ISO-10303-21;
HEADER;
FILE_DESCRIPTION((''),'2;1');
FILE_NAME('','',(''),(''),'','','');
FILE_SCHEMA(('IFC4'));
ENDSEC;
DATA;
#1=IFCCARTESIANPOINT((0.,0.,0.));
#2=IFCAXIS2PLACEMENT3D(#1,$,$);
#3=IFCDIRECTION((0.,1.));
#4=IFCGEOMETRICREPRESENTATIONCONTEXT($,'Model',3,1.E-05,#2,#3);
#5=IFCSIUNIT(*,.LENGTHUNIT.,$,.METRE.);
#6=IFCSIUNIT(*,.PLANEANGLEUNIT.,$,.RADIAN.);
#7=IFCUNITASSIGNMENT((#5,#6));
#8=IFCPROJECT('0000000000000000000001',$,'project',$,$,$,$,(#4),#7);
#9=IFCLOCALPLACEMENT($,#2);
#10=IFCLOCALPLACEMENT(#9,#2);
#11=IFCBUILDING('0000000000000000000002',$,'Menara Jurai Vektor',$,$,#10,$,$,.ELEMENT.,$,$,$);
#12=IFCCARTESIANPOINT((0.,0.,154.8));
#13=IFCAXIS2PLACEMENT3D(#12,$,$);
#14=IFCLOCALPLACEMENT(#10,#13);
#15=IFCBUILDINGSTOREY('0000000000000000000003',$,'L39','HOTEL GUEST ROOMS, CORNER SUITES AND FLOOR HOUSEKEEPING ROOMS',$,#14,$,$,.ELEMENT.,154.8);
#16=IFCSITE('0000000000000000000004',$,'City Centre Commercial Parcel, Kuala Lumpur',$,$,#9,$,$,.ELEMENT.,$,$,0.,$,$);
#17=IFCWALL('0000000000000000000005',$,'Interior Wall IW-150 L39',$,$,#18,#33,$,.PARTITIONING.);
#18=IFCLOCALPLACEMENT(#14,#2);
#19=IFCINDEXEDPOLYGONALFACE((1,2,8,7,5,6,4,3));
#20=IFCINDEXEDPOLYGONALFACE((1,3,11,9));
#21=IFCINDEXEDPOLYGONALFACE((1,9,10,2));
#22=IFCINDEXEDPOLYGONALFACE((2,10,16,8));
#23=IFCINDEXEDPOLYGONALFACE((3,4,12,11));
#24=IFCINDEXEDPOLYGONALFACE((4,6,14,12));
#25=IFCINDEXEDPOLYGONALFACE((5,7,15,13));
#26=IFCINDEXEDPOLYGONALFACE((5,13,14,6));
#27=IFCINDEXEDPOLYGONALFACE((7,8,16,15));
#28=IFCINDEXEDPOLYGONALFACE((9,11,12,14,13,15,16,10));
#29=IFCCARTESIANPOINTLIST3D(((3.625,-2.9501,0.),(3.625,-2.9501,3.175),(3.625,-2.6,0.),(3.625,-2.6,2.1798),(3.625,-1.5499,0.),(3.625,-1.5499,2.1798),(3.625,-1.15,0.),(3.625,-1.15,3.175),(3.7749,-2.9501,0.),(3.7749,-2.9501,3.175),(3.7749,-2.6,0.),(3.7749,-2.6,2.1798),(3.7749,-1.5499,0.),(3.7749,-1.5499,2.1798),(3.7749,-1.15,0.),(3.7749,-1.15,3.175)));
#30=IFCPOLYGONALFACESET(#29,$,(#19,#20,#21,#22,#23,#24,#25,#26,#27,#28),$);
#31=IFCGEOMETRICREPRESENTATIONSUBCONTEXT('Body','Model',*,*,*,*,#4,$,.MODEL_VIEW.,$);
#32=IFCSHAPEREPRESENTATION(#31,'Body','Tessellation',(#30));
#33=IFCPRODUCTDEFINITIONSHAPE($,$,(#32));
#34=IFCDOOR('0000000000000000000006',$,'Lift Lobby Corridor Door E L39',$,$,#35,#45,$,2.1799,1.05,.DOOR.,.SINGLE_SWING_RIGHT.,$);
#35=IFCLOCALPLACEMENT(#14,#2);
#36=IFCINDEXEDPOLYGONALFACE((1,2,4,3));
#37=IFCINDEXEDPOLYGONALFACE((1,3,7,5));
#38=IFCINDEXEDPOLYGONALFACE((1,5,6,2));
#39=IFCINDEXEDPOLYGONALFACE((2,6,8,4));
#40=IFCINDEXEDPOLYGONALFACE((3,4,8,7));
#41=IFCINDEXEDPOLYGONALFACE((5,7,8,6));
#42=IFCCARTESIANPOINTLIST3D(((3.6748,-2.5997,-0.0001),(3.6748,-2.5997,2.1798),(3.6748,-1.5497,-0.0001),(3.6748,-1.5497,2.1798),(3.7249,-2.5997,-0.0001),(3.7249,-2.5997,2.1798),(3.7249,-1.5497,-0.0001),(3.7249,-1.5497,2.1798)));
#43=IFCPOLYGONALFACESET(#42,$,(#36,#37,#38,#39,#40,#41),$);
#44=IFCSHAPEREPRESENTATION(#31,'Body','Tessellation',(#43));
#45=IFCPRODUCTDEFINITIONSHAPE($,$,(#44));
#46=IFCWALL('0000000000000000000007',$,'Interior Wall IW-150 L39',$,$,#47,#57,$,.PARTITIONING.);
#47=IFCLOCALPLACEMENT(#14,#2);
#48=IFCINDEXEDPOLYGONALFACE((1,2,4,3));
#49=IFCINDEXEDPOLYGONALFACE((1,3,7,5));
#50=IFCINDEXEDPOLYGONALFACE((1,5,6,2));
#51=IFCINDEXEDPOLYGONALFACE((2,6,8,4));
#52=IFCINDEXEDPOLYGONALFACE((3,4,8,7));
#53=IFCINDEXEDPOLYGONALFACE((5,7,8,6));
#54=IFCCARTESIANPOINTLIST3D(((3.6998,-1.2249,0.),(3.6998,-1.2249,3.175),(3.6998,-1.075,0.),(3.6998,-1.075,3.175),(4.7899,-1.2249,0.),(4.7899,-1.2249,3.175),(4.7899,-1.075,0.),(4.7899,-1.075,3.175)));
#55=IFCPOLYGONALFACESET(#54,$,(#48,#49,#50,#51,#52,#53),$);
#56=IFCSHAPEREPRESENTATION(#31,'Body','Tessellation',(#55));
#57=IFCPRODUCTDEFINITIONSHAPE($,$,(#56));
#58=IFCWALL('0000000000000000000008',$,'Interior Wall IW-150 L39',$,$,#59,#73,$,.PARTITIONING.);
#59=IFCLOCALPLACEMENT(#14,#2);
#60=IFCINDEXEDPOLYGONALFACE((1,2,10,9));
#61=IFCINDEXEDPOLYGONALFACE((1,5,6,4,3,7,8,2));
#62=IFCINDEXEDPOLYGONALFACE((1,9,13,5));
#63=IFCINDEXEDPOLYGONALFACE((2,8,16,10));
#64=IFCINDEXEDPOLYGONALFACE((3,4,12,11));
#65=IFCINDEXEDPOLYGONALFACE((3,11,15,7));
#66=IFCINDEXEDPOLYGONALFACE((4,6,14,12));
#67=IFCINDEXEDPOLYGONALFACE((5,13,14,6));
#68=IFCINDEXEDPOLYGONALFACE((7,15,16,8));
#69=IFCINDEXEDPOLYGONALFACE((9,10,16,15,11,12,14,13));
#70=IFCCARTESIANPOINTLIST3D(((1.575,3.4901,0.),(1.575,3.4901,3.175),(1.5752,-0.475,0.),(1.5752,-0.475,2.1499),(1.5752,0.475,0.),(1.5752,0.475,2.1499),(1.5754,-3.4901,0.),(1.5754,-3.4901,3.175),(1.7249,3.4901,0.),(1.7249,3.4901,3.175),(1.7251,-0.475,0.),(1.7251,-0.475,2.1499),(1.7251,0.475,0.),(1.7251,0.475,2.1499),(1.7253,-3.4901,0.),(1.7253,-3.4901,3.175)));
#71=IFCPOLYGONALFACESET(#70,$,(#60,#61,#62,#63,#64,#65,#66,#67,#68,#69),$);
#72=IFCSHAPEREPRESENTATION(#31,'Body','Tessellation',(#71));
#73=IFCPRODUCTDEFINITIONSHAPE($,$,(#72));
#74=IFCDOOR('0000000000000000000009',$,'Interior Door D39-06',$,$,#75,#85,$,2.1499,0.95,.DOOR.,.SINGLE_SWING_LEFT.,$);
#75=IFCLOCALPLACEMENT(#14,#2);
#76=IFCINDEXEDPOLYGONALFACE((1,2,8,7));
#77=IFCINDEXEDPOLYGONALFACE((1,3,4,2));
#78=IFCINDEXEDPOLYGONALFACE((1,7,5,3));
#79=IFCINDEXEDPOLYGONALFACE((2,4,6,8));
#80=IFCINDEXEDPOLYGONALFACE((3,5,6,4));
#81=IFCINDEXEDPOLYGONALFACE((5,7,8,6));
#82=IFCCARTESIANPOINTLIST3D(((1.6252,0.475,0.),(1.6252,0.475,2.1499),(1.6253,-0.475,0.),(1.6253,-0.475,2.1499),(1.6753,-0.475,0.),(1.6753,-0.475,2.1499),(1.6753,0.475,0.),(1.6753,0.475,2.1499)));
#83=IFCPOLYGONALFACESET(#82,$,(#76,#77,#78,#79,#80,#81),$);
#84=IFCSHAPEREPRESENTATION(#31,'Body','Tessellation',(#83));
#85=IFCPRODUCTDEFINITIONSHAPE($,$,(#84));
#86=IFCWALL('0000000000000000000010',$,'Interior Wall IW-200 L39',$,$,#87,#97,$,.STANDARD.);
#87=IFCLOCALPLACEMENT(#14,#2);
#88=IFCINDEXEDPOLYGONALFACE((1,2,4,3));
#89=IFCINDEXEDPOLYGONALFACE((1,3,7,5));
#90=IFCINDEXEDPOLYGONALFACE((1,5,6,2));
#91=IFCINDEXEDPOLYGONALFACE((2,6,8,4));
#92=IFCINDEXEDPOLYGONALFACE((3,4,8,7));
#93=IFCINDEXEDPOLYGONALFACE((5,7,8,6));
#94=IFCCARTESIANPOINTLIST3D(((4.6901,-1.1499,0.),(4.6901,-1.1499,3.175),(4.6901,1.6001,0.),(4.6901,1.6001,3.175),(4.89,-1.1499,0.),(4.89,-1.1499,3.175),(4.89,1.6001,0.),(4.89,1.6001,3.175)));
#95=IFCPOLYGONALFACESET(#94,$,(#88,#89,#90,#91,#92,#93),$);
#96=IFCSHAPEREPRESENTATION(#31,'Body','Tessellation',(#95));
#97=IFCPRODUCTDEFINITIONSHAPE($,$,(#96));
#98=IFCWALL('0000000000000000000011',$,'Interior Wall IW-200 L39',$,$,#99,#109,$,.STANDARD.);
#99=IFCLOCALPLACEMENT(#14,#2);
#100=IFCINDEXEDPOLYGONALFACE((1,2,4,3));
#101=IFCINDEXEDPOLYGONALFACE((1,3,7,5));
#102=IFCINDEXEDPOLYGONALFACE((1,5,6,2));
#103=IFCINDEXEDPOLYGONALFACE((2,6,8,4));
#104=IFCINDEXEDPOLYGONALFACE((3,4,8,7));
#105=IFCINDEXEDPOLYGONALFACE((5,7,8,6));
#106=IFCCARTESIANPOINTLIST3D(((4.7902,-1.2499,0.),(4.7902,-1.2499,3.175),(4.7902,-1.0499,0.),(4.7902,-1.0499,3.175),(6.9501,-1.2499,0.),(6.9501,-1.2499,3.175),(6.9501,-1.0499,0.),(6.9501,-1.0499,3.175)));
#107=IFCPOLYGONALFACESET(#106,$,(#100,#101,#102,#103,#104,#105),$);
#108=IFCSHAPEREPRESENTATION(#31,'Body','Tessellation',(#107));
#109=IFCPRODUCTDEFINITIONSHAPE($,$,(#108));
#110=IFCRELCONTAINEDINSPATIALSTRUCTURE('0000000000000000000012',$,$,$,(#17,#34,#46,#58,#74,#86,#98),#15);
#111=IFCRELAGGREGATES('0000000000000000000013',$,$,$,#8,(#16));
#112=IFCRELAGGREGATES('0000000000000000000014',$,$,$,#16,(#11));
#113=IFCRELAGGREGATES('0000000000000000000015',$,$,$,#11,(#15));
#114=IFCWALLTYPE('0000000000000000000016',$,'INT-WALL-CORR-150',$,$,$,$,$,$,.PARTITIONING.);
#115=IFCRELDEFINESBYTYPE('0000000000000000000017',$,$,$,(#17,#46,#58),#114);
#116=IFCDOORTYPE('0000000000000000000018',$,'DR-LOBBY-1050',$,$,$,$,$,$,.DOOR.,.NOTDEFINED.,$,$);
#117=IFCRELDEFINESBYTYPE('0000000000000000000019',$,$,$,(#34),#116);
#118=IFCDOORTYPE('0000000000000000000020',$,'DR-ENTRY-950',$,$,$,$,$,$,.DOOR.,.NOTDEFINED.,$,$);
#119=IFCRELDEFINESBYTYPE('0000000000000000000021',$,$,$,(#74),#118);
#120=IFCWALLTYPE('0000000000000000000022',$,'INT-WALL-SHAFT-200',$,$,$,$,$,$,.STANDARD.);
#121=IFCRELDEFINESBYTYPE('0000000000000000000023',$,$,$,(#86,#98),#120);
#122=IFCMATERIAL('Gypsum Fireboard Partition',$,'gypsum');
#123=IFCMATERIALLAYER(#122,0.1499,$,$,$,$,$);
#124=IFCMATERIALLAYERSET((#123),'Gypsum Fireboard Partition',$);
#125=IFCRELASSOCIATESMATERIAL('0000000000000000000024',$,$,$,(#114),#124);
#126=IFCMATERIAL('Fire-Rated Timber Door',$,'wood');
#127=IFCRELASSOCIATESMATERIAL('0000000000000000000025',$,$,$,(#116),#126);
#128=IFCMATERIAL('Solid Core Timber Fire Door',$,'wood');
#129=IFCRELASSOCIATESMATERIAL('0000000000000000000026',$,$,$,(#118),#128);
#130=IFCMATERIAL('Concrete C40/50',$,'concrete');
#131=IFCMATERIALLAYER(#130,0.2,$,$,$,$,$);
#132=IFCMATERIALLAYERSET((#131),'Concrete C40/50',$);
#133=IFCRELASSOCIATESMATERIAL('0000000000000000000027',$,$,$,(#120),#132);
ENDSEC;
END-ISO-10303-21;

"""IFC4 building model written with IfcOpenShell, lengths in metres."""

from ifc_helpers import new_model, si_unit, direction, frame, frame_2d, origin, place, context, subcontext, project, spatial, rectangle, extrude, material, layer, layer_set, type_object, element, fill, save


model = new_model("IFC4")

# Units and contexts
model_context = context("Model", 3, precision=1e-05, world=origin(), true_north=direction((0.0, 1.0)))
body_context = subcontext(model_context, "Body", "Model", "MODEL_VIEW")
ifc_project = project(units=[si_unit("LENGTHUNIT", "METRE"), si_unit("PLANEANGLEUNIT", "RADIAN")], contexts=[model_context])

# Site, building, storey
site_placement = place(None, origin())
site = spatial("IfcSite", under=ifc_project, at=site_placement, Name="City Centre Commercial Parcel, Kuala Lumpur", CompositionType="ELEMENT", RefElevation=0.0)
building_placement = place(site_placement, origin())
building = spatial("IfcBuilding", under=site, at=building_placement, Name="Menara Jurai Vektor", CompositionType="ELEMENT")
storey_placement = place(building_placement, frame((0.0, 0.0, 154.8)))
storey = spatial("IfcBuildingStorey", under=building, at=storey_placement, Name="L39", Description="HOTEL GUEST ROOMS, CORNER SUITES AND FLOOR HOUSEKEEPING ROOMS", CompositionType="ELEMENT", Elevation=154.8)

# Shared definitions
ifc_material_1 = material(Name="Concrete C40/50", Category="concrete")

# Wall, opening, door
ifc_material_2 = material(Name="Gypsum Fireboard Partition", Category="gypsum")
ifc_layer_1 = layer(ifc_material_2, 0.1499)
ifc_layer_set_1 = layer_set([ifc_layer_1], Name="Gypsum Fireboard Partition")
wall_type_1 = type_object("IfcWallType", Name="INT-WALL-CORR-150", PredefinedType="PARTITIONING", material=ifc_layer_set_1)
wall_1_placement = place(storey_placement, frame((3.7, -2.95, 0.0), z_axis=(0.0, 0.0, 1.0), x_axis=(0.0, 1.0, 0.0)))
wall_1 = element("IfcWall", 1, at=wall_1_placement, inside=storey, type_object=wall_type_1, Name="Interior Wall IW-150 L39", PredefinedType="PARTITIONING", context=body_context, shape_type="SweptSolid", body=[
    extrude(rectangle(XDim=1.8, YDim=0.1499, at=frame_2d((0.8999, 0.0))), origin(), (0.0, 0.0, 1.0), 3.175),
])
opening_1_placement = place(wall_1_placement, frame((0.3501, 0.0, 0.0)))
opening_1 = element("IfcOpeningElement", 2, at=opening_1_placement, cuts=wall_1, PredefinedType="OPENING", context=body_context, shape_type="SweptSolid", body=[
    extrude(rectangle(XDim=1.05, YDim=2.1799, at=frame_2d((0.5249, 1.0898))), frame((0.0, 0.085, 0.0), z_axis=(0.0, -1.0, 0.0), x_axis=(1.0, 0.0, 0.0)), (0.0, 0.0, 1.0), 0.1699),
])
ifc_material_3 = material(Name="Fire-Rated Timber Door", Category="wood")
door_type_1 = type_object("IfcDoorType", Name="DR-LOBBY-1050", OperationType="NOTDEFINED", PredefinedType="DOOR", material=ifc_material_3)
door_1_placement = place(opening_1_placement, frame((1.05, 0.0, 0.0), z_axis=(0.0, 0.0, 1.0), x_axis=(-1.0, 0.0, 0.0)))
door_1 = element("IfcDoor", 3, at=door_1_placement, inside=storey, type_object=door_type_1, Name="Lift Lobby Corridor Door E L39", OperationType="SINGLE_SWING_RIGHT", OverallHeight=2.1799, OverallWidth=1.05, PredefinedType="DOOR", context=body_context, shape_type="SweptSolid", body=[
    extrude(rectangle(XDim=1.05, YDim=2.1799, at=frame_2d((0.5249, 1.0898))), frame((0.0, 0.0249, 0.0), z_axis=(0.0, -1.0, 0.0), x_axis=(1.0, 0.0, 0.0)), (0.0, 0.0, 1.0), 0.05),
])
fill(opening_1, door_1)

# Wall
wall_2_placement = place(storey_placement, frame((3.7, -1.1499, 0.0), z_axis=(0.0, 0.0, 1.0), x_axis=(1.0, 0.0, 0.0)))
element("IfcWall", 4, at=wall_2_placement, inside=storey, type_object=wall_type_1, Name="Interior Wall IW-150 L39", PredefinedType="PARTITIONING", context=body_context, shape_type="SweptSolid", body=[
    extrude(rectangle(XDim=1.0901, YDim=0.1499, at=frame_2d((0.5449, 0.0))), origin(), (0.0, 0.0, 1.0), 3.175),
])

# Wall, opening, door
wall_3_placement = place(storey_placement, frame((1.6504, -3.4902, 0.0), z_axis=(0.0, 0.0, 1.0), x_axis=(-0.00007, 1.0, 0.0)))
wall_3 = element("IfcWall", 5, at=wall_3_placement, inside=storey, type_object=wall_type_1, Name="Interior Wall IW-150 L39", PredefinedType="PARTITIONING", context=body_context, shape_type="SweptSolid", body=[
    extrude(rectangle(XDim=6.9802, YDim=0.1499, at=frame_2d((3.4902, 0.0))), origin(), (0.0, 0.0, 1.0), 3.175),
])
opening_2_placement = place(wall_3_placement, frame((3.0151, 0.0, 0.0)))
opening_2 = element("IfcOpeningElement", 6, at=opening_2_placement, cuts=wall_3, PredefinedType="OPENING", context=body_context, shape_type="SweptSolid", body=[
    extrude(rectangle(XDim=0.95, YDim=2.1499, at=frame_2d((0.4751, 1.075))), frame((0.0, 0.085, 0.0), z_axis=(0.0, -1.0, 0.0), x_axis=(1.0, 0.0, 0.0)), (0.0, 0.0, 1.0), 0.1699),
])
ifc_material_4 = material(Name="Solid Core Timber Fire Door", Category="wood")
door_type_2 = type_object("IfcDoorType", Name="DR-ENTRY-950", OperationType="NOTDEFINED", PredefinedType="DOOR", material=ifc_material_4)
door_2_placement = place(opening_2_placement, origin())
door_2 = element("IfcDoor", 7, at=door_2_placement, inside=storey, type_object=door_type_2, Name="Interior Door D39-06", OperationType="SINGLE_SWING_LEFT", OverallHeight=2.1499, OverallWidth=0.95, PredefinedType="DOOR", context=body_context, shape_type="SweptSolid", body=[
    extrude(rectangle(XDim=0.95, YDim=2.1499, at=frame_2d((0.4751, 1.075))), frame((0.0, 0.0249, 0.0), z_axis=(0.0, -1.0, 0.0), x_axis=(1.0, 0.0, 0.0)), (0.0, 0.0, 1.0), 0.05),
])
fill(opening_2, door_2)

# Shared definitions
ifc_layer_2 = layer(ifc_material_1, 0.2)
ifc_layer_set_2 = layer_set([ifc_layer_2], Name="Concrete C40/50")
wall_type_2 = type_object("IfcWallType", Name="INT-WALL-SHAFT-200", PredefinedType="STANDARD", material=ifc_layer_set_2)

# Walls
wall_4_placement = place(storey_placement, frame((4.79, -1.1499, 0.0), z_axis=(0.0, 0.0, 1.0), x_axis=(0.0, 1.0, 0.0)))
element("IfcWall", 8, at=wall_4_placement, inside=storey, type_object=wall_type_2, Name="Interior Wall IW-200 L39", PredefinedType="STANDARD", context=body_context, shape_type="SweptSolid", body=[
    extrude(rectangle(XDim=2.75, YDim=0.2, at=frame_2d((1.375, 0.0))), origin(), (0.0, 0.0, 1.0), 3.175),
])
wall_5_placement = place(storey_placement, frame((4.79, -1.1499, 0.0), z_axis=(0.0, 0.0, 1.0), x_axis=(1.0, 0.0, 0.0)))
element("IfcWall", 9, at=wall_5_placement, inside=storey, type_object=wall_type_2, Name="Interior Wall IW-200 L39", PredefinedType="STANDARD", context=body_context, shape_type="SweptSolid", body=[
    extrude(rectangle(XDim=2.1599, YDim=0.2, at=frame_2d((1.0801, 0.0))), origin(), (0.0, 0.0, 1.0), 3.175),
])

save(model, "model.ifc")
